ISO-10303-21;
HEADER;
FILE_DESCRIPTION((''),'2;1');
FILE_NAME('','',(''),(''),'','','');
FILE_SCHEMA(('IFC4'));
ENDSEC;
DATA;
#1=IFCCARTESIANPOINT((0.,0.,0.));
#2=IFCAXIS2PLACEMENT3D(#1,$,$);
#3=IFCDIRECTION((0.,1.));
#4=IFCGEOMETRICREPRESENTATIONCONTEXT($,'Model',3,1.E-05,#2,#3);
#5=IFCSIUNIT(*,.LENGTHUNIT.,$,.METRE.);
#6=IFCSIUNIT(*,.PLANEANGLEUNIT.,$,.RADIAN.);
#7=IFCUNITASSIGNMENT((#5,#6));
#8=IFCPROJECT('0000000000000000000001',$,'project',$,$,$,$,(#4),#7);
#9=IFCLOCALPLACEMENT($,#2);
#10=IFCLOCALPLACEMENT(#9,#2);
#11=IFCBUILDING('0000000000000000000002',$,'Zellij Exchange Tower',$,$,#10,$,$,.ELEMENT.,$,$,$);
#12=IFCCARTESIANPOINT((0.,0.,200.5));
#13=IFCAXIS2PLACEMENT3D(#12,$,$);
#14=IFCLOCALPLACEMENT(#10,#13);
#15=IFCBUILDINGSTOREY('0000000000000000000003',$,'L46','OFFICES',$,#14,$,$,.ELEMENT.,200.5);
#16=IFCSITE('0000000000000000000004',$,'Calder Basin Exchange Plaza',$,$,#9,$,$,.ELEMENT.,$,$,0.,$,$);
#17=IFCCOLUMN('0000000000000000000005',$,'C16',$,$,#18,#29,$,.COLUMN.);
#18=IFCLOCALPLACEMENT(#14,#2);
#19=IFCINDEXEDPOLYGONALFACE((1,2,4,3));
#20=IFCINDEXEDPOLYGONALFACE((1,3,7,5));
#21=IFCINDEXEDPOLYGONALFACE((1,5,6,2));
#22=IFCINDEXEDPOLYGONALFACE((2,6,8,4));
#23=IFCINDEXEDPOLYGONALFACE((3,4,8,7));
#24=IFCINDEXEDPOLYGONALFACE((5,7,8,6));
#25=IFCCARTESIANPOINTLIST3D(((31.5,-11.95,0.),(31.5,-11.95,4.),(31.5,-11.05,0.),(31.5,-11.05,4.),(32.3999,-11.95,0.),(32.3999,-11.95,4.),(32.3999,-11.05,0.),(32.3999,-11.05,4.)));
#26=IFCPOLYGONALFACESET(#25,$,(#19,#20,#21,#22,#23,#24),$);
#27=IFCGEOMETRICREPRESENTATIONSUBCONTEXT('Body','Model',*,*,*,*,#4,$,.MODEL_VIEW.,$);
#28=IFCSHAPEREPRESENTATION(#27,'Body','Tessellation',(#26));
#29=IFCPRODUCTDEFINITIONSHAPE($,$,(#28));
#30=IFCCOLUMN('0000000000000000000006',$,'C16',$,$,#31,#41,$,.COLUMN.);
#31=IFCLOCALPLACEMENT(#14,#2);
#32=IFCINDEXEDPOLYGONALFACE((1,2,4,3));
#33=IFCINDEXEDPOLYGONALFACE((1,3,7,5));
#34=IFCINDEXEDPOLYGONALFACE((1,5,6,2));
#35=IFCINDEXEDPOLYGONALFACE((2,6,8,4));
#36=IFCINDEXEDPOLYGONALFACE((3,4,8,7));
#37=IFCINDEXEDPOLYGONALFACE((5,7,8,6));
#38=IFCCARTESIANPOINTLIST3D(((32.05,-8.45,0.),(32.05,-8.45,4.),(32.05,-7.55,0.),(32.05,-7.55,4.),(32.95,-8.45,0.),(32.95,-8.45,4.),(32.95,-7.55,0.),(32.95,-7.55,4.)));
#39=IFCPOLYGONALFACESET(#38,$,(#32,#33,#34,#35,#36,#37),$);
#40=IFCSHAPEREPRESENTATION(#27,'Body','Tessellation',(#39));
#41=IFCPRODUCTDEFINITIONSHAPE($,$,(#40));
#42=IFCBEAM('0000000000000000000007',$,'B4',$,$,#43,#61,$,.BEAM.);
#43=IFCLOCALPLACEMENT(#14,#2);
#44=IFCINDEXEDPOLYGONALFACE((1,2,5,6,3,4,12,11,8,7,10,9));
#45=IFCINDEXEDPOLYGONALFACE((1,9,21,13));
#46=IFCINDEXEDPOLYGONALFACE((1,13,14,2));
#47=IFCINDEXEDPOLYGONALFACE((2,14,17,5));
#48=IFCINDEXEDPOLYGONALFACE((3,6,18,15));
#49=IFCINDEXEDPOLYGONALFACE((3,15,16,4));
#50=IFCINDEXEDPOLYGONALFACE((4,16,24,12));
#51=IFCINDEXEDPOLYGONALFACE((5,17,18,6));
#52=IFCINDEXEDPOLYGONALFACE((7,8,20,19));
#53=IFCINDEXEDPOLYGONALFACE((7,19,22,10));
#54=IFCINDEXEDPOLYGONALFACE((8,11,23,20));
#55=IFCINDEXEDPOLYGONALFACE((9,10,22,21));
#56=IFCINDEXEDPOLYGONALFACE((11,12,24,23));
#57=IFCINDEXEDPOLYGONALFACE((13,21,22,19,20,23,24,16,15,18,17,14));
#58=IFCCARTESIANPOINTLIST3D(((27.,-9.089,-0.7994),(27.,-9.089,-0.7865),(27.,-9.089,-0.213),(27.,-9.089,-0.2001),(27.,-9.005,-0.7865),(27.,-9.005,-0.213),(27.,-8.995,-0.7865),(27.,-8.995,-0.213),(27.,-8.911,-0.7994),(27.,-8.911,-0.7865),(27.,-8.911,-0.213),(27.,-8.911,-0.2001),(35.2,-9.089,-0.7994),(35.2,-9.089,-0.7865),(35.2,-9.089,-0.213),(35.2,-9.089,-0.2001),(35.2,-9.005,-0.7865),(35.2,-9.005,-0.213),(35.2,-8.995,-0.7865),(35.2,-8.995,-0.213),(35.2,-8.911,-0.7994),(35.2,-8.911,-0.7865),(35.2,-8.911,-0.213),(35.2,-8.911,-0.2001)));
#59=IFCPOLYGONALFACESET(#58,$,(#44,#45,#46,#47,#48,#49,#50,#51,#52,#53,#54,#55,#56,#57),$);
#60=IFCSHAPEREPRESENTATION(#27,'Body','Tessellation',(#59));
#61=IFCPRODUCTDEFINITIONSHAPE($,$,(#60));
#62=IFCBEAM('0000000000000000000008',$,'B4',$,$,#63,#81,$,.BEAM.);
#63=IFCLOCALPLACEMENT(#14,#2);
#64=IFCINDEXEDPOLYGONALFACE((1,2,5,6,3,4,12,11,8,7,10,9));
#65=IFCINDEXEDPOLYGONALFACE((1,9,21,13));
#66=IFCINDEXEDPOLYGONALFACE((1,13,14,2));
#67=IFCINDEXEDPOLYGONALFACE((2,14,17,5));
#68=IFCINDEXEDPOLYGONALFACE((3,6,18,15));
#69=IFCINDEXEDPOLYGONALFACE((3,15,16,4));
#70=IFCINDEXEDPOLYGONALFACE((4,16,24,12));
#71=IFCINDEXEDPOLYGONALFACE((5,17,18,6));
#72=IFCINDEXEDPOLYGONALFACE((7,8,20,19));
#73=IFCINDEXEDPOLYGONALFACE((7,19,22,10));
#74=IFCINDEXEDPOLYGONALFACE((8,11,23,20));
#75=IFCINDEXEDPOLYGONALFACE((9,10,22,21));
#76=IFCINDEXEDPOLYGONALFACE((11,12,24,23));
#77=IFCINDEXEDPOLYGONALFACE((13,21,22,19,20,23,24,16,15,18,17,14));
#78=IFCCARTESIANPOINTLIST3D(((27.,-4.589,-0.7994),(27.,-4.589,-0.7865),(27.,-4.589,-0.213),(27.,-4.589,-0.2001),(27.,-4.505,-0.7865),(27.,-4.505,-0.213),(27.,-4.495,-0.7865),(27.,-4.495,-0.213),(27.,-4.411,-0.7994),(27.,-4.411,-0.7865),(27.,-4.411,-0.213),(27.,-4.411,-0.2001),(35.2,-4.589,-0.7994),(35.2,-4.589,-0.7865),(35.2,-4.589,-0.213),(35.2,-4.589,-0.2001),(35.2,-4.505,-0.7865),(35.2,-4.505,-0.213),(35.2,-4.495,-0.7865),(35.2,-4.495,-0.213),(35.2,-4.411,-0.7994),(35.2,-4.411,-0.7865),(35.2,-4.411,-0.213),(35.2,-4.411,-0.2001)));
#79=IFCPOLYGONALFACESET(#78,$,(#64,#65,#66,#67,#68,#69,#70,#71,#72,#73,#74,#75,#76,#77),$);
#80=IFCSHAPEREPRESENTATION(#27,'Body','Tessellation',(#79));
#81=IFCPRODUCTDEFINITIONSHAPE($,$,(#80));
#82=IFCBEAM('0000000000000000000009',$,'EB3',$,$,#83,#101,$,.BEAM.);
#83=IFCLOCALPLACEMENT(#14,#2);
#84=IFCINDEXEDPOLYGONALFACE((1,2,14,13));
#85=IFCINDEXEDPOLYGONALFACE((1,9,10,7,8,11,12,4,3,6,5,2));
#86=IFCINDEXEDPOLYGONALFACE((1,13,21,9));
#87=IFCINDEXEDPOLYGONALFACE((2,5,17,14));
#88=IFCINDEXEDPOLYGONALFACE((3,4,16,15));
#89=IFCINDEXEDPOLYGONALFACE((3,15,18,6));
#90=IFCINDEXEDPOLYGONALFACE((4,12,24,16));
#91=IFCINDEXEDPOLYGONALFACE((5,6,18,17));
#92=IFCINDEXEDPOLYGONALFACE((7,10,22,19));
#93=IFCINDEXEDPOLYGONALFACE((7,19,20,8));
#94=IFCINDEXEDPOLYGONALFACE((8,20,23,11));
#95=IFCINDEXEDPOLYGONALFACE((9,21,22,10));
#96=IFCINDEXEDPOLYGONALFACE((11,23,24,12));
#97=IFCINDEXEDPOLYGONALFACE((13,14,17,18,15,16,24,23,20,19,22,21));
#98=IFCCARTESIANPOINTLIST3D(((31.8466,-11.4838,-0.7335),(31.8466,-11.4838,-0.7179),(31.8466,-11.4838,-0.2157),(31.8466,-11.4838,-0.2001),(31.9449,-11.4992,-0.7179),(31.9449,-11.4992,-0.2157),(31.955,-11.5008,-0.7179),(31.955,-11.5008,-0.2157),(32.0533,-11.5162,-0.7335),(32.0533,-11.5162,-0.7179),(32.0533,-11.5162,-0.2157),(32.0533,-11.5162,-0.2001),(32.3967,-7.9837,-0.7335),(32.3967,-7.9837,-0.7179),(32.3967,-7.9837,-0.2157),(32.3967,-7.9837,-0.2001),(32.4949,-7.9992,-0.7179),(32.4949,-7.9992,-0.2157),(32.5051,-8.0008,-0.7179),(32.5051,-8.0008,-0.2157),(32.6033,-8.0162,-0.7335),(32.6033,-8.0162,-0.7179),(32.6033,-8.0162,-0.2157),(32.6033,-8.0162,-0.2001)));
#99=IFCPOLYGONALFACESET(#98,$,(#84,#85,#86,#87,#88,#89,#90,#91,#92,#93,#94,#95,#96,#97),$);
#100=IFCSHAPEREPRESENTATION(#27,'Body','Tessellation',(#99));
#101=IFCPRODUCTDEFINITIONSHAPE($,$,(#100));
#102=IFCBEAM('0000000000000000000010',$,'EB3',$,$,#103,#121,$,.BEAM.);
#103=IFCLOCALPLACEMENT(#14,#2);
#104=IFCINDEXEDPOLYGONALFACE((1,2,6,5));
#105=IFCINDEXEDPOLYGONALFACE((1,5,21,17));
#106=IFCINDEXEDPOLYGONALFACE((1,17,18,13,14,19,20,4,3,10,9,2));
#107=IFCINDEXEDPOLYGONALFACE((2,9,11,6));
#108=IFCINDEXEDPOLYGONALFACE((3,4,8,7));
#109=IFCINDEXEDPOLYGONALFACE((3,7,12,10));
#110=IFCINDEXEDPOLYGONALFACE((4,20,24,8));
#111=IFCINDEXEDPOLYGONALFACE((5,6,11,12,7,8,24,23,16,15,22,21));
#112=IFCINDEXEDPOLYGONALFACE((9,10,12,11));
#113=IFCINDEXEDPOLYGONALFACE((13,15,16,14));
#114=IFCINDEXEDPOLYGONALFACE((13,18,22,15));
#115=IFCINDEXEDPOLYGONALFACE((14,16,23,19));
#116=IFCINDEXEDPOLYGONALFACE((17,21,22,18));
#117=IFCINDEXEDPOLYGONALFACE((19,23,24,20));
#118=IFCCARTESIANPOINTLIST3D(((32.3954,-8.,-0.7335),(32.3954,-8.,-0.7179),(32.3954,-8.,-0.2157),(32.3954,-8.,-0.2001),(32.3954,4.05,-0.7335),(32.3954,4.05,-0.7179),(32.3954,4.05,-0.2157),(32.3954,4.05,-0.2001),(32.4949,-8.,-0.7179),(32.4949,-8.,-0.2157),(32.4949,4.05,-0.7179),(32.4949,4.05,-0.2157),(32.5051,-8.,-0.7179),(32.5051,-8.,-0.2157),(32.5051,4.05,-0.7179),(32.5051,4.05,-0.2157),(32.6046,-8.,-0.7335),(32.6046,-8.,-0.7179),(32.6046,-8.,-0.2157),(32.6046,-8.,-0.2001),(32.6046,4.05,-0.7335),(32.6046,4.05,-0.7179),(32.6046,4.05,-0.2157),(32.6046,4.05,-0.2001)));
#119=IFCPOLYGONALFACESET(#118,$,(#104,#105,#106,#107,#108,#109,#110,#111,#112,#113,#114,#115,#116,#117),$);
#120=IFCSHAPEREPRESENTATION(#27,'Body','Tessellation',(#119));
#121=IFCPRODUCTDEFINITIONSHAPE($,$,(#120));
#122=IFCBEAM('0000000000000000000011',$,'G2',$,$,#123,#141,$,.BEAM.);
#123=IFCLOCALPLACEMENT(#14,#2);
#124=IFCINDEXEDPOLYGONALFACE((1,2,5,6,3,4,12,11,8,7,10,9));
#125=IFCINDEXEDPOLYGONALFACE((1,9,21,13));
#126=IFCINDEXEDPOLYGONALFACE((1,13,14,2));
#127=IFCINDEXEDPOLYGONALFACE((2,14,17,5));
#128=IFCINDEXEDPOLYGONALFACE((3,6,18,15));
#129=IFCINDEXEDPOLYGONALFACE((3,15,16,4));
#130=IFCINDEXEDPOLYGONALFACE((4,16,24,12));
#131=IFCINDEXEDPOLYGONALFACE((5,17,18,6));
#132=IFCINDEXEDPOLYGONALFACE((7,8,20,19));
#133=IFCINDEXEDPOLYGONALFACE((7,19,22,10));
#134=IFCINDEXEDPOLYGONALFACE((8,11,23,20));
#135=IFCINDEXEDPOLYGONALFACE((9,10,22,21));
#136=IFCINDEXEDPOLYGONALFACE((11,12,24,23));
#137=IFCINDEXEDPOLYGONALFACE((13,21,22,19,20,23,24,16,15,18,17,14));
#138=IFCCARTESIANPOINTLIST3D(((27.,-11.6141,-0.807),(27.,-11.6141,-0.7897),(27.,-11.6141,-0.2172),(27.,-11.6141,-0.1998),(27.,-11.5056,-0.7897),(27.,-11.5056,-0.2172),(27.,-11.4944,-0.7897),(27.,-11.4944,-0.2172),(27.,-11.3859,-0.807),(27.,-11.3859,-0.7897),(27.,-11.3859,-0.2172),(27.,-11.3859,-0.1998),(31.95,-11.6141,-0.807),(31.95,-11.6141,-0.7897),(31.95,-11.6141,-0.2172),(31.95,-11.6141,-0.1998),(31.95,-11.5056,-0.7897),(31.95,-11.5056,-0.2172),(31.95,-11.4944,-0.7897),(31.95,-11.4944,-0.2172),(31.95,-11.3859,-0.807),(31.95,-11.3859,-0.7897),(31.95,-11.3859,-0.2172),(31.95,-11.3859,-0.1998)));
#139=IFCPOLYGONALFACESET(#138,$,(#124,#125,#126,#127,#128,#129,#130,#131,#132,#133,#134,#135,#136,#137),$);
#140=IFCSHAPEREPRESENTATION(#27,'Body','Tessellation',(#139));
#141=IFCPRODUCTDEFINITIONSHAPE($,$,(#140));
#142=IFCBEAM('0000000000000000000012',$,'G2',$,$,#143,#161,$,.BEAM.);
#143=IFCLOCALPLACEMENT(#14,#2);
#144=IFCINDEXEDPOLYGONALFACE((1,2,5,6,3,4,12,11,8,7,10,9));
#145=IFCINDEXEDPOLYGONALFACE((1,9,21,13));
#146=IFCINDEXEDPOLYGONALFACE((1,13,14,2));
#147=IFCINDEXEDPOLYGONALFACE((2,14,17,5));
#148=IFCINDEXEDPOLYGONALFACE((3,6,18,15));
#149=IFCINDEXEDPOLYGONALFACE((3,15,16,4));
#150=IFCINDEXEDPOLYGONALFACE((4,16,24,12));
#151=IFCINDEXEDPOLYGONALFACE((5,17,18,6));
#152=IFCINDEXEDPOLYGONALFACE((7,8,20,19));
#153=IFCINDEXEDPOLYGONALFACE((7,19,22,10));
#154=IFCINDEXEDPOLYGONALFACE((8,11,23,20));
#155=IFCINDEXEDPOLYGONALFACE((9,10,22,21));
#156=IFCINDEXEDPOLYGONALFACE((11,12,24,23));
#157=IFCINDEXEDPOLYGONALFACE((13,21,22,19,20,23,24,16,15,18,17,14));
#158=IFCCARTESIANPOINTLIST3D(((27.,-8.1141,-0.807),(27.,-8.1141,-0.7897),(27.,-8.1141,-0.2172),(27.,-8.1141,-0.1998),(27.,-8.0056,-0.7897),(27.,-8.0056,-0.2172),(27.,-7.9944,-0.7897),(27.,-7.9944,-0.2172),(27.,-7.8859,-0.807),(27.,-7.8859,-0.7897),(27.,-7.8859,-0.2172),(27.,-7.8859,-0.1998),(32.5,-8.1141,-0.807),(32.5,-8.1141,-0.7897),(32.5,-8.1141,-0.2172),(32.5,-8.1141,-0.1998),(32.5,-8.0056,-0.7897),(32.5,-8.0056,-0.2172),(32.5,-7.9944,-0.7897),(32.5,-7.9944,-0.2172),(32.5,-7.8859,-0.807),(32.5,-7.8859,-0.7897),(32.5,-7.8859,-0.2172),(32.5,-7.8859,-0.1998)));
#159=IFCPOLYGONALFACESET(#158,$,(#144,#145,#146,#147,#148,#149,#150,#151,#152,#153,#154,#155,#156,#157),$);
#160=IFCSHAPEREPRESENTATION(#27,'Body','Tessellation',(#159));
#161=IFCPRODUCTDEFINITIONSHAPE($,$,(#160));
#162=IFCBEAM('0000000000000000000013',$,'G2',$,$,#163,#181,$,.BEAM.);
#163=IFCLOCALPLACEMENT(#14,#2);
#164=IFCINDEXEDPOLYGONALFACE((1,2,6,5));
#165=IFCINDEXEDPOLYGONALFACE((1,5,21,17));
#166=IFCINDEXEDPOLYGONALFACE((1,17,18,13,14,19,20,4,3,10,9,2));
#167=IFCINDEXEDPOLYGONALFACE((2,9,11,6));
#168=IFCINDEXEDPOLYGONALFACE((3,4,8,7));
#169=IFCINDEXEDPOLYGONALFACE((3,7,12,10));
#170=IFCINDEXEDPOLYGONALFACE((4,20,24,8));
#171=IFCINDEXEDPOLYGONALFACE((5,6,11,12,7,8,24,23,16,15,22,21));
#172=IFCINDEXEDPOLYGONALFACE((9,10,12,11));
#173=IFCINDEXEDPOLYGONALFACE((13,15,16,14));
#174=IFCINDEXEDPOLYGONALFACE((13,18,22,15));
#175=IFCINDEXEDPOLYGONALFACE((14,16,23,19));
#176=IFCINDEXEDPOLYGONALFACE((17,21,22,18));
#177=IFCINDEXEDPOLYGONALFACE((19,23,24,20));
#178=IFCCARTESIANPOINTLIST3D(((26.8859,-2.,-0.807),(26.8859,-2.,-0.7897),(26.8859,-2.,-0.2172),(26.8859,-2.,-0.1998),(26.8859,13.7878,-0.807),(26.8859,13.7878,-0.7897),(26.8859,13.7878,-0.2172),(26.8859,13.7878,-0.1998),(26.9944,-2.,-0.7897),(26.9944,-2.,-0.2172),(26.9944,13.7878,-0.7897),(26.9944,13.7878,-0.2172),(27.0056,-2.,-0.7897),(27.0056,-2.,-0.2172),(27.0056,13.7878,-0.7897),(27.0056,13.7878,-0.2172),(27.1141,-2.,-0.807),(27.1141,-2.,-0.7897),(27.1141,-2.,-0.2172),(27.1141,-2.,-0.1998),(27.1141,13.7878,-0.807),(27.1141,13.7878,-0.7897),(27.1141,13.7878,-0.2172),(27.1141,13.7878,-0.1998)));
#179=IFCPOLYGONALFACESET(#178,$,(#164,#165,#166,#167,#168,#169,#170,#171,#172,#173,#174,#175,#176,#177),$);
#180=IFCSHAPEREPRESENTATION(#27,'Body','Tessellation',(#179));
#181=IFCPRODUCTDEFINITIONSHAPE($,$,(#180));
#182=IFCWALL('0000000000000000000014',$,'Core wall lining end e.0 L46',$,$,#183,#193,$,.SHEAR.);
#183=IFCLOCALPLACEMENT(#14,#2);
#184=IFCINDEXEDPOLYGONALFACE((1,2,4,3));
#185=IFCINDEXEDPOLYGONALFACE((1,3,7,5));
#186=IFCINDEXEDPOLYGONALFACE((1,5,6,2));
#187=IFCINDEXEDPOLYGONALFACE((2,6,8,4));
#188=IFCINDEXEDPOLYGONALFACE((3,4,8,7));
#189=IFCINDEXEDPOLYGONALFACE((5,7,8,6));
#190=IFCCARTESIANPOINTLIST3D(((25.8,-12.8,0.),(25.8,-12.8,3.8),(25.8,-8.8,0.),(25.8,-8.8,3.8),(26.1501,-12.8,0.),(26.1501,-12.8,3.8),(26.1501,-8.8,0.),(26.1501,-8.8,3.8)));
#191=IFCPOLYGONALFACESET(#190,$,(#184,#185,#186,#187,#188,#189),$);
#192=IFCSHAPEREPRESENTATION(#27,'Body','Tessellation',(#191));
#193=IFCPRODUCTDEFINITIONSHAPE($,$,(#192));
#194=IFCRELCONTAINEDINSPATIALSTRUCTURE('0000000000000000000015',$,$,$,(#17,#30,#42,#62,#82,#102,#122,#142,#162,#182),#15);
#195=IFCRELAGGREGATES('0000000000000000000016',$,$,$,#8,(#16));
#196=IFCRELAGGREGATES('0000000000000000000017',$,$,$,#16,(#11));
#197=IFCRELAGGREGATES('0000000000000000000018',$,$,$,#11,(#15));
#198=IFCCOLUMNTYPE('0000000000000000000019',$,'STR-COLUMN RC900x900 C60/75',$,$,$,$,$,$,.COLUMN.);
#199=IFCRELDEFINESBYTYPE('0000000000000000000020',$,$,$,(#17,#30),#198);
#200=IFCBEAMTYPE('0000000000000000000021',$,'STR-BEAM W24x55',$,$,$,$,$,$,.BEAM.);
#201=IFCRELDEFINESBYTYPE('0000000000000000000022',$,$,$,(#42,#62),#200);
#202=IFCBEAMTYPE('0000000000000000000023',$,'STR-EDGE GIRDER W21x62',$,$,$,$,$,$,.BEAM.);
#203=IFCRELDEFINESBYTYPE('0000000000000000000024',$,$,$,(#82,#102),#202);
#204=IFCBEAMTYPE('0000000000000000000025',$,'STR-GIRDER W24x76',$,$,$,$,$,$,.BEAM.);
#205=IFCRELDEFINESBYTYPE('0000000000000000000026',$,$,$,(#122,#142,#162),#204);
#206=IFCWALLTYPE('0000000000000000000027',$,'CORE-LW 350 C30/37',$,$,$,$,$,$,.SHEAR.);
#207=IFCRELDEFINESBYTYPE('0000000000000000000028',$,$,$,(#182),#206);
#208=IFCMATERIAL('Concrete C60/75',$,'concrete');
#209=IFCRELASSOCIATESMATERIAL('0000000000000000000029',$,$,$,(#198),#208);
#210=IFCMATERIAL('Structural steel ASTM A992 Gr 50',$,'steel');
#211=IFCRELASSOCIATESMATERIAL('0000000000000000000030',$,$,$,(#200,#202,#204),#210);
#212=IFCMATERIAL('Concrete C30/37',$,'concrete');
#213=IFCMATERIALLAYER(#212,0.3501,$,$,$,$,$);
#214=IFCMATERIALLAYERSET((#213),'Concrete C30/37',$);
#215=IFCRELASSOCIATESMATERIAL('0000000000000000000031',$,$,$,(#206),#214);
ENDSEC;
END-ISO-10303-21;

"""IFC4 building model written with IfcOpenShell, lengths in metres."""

from ifc_helpers import new_model, si_unit, direction, frame, frame_2d, origin, origin_2d, place, context, subcontext, project, spatial, rectangle, i_section, extrude, material, layer, layer_set, material_profile, profile_set, type_object, element, save


model = new_model("IFC4")

# Units and contexts
model_context = context("Model", 3, precision=1e-05, world=origin(), true_north=direction((0.0, 1.0)))
body_context = subcontext(model_context, "Body", "Model", "MODEL_VIEW")
ifc_project = project(units=[si_unit("LENGTHUNIT", "METRE"), si_unit("PLANEANGLEUNIT", "RADIAN")], contexts=[model_context])

# Site, building, storey
site_placement = place(None, origin())
site = spatial("IfcSite", under=ifc_project, at=site_placement, Name="Calder Basin Exchange Plaza", CompositionType="ELEMENT", RefElevation=0.0)
building_placement = place(site_placement, origin())
building = spatial("IfcBuilding", under=site, at=building_placement, Name="Zellij Exchange Tower", CompositionType="ELEMENT")
storey_placement = place(building_placement, frame((0.0, 0.0, 200.5)))
storey = spatial("IfcBuildingStorey", under=building, at=storey_placement, Name="L46", Description="OFFICES", CompositionType="ELEMENT", Elevation=200.5)

# Columns
ifc_material_1 = material(Name="Concrete C60/75", Category="concrete")
ifc_material_profile_1 = material_profile(ifc_material_1, rectangle(XDim=0.8999, YDim=0.8999, at=origin_2d()), Name="STR-COLUMN RC900x900 C60/75")
ifc_profile_set_1 = profile_set([ifc_material_profile_1], Name="Concrete C60/75")
column_type = type_object("IfcColumnType", Name="STR-COLUMN RC900x900 C60/75", PredefinedType="COLUMN", material=ifc_profile_set_1)
for number, where, z_axis, x_axis, name in (
    (1, (31.95, -11.5, 0.0), (0.0, 0.0, 1.0), (1.0, 0.0, 0.0), "C16"),
    (2, (32.5, -8.0, 0.0), (0.0, 0.0, 1.0), (1.0, 0.0, 0.0), "C16"),
):
    element("IfcColumn", number, at=place(storey_placement, frame(where, z_axis=z_axis, x_axis=x_axis)), inside=storey, type_object=column_type, Name=name, PredefinedType="COLUMN", context=body_context, shape_type="SweptSolid", body=[
        extrude(rectangle(XDim=0.8999, YDim=0.8999, at=origin_2d()), origin(), (0.0, 0.0, 1.0), 4.0),
    ])

# Beams
ifc_material_2 = material(Name="Structural steel ASTM A992 Gr 50", Category="steel")
ifc_material_profile_2 = material_profile(ifc_material_2, i_section(OverallWidth=0.178, OverallDepth=0.5994, WebThickness=0.01, FlangeThickness=0.0129, at=origin_2d()), Name="W24x55")
ifc_profile_set_2 = profile_set([ifc_material_profile_2], Name="Structural steel ASTM A992 Gr 50")
beam_type_1 = type_object("IfcBeamType", Name="STR-BEAM W24x55", PredefinedType="BEAM", material=ifc_profile_set_2)
for number, where, z_axis, x_axis, name in (
    (3, (27.0, -9.0, -0.4998), (1.0, 0.0, 0.0), (0.0, 1.0, 0.0), "B4"),
    (4, (27.0, -4.5, -0.4998), (1.0, 0.0, 0.0), (0.0, 1.0, 0.0), "B4"),
):
    element("IfcBeam", number, at=place(storey_placement, frame(where, z_axis=z_axis, x_axis=x_axis)), inside=storey, type_object=beam_type_1, Name=name, PredefinedType="BEAM", context=body_context, shape_type="SweptSolid", body=[
        extrude(i_section(OverallWidth=0.178, OverallDepth=0.5994, WebThickness=0.01, FlangeThickness=0.0129, at=origin_2d()), origin(), (0.0, 0.0, 1.0), 8.2),
    ])
ifc_material_profile_3 = material_profile(ifc_material_2, i_section(OverallWidth=0.2092, OverallDepth=0.5334, WebThickness=0.0103, FlangeThickness=0.0156, at=origin_2d()), Name="W21x62")
ifc_profile_set_3 = profile_set([ifc_material_profile_3], Name="Structural steel ASTM A992 Gr 50")
beam_type_2 = type_object("IfcBeamType", Name="STR-EDGE GIRDER W21x62", PredefinedType="BEAM", material=ifc_profile_set_3)
beam_1_placement = place(storey_placement, frame((31.95, -11.5, -0.4668), z_axis=(0.155251, 0.987875, 0.0), x_axis=(-0.987875, 0.155251, 0.0)))
element("IfcBeam", 5, at=beam_1_placement, inside=storey, type_object=beam_type_2, Name="EB3", PredefinedType="BEAM", context=body_context, shape_type="SweptSolid", body=[
    extrude(i_section(OverallWidth=0.2092, OverallDepth=0.5334, WebThickness=0.0103, FlangeThickness=0.0156, at=origin_2d()), origin(), (0.0, 0.0, 1.0), 3.543),
])
beam_2_placement = place(storey_placement, frame((32.5, -8.0, -0.4668), z_axis=(0.0, 1.0, 0.0), x_axis=(-1.0, 0.0, 0.0)))
element("IfcBeam", 6, at=beam_2_placement, inside=storey, type_object=beam_type_2, Name="EB3", PredefinedType="BEAM", context=body_context, shape_type="SweptSolid", body=[
    extrude(i_section(OverallWidth=0.2092, OverallDepth=0.5334, WebThickness=0.0103, FlangeThickness=0.0156, at=origin_2d()), origin(), (0.0, 0.0, 1.0), 12.05),
])
ifc_material_profile_4 = material_profile(ifc_material_2, i_section(OverallWidth=0.2283, OverallDepth=0.6072, WebThickness=0.0112, FlangeThickness=0.0173, at=origin_2d()), Name="W24x76")
ifc_profile_set_4 = profile_set([ifc_material_profile_4], Name="Structural steel ASTM A992 Gr 50")
beam_type_3 = type_object("IfcBeamType", Name="STR-GIRDER W24x76", PredefinedType="BEAM", material=ifc_profile_set_4)
beam_3_placement = place(storey_placement, frame((27.0, -11.5, -0.5034), z_axis=(1.0, 0.0, 0.0), x_axis=(0.0, 1.0, 0.0)))
element("IfcBeam", 7, at=beam_3_placement, inside=storey, type_object=beam_type_3, Name="G2", PredefinedType="BEAM", context=body_context, shape_type="SweptSolid", body=[
    extrude(i_section(OverallWidth=0.2283, OverallDepth=0.6072, WebThickness=0.0112, FlangeThickness=0.0173, at=origin_2d()), origin(), (0.0, 0.0, 1.0), 4.95),
])
beam_4_placement = place(storey_placement, frame((27.0, -8.0, -0.5034), z_axis=(1.0, 0.0, 0.0), x_axis=(0.0, 1.0, 0.0)))
element("IfcBeam", 8, at=beam_4_placement, inside=storey, type_object=beam_type_3, Name="G2", PredefinedType="BEAM", context=body_context, shape_type="SweptSolid", body=[
    extrude(i_section(OverallWidth=0.2283, OverallDepth=0.6072, WebThickness=0.0112, FlangeThickness=0.0173, at=origin_2d()), origin(), (0.0, 0.0, 1.0), 5.5),
])
beam_5_placement = place(storey_placement, frame((27.0, -2.0, -0.5034), z_axis=(0.0, 1.0, 0.0), x_axis=(-1.0, 0.0, 0.0)))
element("IfcBeam", 9, at=beam_5_placement, inside=storey, type_object=beam_type_3, Name="G2", PredefinedType="BEAM", context=body_context, shape_type="SweptSolid", body=[
    extrude(i_section(OverallWidth=0.2283, OverallDepth=0.6072, WebThickness=0.0112, FlangeThickness=0.0173, at=origin_2d()), origin(), (0.0, 0.0, 1.0), 15.7878),
])

# Wall
ifc_material_3 = material(Name="Concrete C30/37", Category="concrete")
ifc_layer_1 = layer(ifc_material_3, 0.3501)
ifc_layer_set_1 = layer_set([ifc_layer_1], Name="Concrete C30/37")
wall_type_1 = type_object("IfcWallType", Name="CORE-LW 350 C30/37", PredefinedType="SHEAR", material=ifc_layer_set_1)
wall_1_placement = place(storey_placement, frame((25.9751, -12.8, 0.0), z_axis=(0.0, 0.0, 1.0), x_axis=(0.0, 1.0, 0.0)))
element("IfcWall", 10, at=wall_1_placement, inside=storey, type_object=wall_type_1, Name="Core wall lining end e.0 L46", PredefinedType="SHEAR", context=body_context, shape_type="SweptSolid", body=[
    extrude(rectangle(XDim=4.0, YDim=0.3501, at=frame_2d((2.0, 0.0))), origin(), (0.0, 0.0, 1.0), 3.8),
])

save(model, "model.ifc")
